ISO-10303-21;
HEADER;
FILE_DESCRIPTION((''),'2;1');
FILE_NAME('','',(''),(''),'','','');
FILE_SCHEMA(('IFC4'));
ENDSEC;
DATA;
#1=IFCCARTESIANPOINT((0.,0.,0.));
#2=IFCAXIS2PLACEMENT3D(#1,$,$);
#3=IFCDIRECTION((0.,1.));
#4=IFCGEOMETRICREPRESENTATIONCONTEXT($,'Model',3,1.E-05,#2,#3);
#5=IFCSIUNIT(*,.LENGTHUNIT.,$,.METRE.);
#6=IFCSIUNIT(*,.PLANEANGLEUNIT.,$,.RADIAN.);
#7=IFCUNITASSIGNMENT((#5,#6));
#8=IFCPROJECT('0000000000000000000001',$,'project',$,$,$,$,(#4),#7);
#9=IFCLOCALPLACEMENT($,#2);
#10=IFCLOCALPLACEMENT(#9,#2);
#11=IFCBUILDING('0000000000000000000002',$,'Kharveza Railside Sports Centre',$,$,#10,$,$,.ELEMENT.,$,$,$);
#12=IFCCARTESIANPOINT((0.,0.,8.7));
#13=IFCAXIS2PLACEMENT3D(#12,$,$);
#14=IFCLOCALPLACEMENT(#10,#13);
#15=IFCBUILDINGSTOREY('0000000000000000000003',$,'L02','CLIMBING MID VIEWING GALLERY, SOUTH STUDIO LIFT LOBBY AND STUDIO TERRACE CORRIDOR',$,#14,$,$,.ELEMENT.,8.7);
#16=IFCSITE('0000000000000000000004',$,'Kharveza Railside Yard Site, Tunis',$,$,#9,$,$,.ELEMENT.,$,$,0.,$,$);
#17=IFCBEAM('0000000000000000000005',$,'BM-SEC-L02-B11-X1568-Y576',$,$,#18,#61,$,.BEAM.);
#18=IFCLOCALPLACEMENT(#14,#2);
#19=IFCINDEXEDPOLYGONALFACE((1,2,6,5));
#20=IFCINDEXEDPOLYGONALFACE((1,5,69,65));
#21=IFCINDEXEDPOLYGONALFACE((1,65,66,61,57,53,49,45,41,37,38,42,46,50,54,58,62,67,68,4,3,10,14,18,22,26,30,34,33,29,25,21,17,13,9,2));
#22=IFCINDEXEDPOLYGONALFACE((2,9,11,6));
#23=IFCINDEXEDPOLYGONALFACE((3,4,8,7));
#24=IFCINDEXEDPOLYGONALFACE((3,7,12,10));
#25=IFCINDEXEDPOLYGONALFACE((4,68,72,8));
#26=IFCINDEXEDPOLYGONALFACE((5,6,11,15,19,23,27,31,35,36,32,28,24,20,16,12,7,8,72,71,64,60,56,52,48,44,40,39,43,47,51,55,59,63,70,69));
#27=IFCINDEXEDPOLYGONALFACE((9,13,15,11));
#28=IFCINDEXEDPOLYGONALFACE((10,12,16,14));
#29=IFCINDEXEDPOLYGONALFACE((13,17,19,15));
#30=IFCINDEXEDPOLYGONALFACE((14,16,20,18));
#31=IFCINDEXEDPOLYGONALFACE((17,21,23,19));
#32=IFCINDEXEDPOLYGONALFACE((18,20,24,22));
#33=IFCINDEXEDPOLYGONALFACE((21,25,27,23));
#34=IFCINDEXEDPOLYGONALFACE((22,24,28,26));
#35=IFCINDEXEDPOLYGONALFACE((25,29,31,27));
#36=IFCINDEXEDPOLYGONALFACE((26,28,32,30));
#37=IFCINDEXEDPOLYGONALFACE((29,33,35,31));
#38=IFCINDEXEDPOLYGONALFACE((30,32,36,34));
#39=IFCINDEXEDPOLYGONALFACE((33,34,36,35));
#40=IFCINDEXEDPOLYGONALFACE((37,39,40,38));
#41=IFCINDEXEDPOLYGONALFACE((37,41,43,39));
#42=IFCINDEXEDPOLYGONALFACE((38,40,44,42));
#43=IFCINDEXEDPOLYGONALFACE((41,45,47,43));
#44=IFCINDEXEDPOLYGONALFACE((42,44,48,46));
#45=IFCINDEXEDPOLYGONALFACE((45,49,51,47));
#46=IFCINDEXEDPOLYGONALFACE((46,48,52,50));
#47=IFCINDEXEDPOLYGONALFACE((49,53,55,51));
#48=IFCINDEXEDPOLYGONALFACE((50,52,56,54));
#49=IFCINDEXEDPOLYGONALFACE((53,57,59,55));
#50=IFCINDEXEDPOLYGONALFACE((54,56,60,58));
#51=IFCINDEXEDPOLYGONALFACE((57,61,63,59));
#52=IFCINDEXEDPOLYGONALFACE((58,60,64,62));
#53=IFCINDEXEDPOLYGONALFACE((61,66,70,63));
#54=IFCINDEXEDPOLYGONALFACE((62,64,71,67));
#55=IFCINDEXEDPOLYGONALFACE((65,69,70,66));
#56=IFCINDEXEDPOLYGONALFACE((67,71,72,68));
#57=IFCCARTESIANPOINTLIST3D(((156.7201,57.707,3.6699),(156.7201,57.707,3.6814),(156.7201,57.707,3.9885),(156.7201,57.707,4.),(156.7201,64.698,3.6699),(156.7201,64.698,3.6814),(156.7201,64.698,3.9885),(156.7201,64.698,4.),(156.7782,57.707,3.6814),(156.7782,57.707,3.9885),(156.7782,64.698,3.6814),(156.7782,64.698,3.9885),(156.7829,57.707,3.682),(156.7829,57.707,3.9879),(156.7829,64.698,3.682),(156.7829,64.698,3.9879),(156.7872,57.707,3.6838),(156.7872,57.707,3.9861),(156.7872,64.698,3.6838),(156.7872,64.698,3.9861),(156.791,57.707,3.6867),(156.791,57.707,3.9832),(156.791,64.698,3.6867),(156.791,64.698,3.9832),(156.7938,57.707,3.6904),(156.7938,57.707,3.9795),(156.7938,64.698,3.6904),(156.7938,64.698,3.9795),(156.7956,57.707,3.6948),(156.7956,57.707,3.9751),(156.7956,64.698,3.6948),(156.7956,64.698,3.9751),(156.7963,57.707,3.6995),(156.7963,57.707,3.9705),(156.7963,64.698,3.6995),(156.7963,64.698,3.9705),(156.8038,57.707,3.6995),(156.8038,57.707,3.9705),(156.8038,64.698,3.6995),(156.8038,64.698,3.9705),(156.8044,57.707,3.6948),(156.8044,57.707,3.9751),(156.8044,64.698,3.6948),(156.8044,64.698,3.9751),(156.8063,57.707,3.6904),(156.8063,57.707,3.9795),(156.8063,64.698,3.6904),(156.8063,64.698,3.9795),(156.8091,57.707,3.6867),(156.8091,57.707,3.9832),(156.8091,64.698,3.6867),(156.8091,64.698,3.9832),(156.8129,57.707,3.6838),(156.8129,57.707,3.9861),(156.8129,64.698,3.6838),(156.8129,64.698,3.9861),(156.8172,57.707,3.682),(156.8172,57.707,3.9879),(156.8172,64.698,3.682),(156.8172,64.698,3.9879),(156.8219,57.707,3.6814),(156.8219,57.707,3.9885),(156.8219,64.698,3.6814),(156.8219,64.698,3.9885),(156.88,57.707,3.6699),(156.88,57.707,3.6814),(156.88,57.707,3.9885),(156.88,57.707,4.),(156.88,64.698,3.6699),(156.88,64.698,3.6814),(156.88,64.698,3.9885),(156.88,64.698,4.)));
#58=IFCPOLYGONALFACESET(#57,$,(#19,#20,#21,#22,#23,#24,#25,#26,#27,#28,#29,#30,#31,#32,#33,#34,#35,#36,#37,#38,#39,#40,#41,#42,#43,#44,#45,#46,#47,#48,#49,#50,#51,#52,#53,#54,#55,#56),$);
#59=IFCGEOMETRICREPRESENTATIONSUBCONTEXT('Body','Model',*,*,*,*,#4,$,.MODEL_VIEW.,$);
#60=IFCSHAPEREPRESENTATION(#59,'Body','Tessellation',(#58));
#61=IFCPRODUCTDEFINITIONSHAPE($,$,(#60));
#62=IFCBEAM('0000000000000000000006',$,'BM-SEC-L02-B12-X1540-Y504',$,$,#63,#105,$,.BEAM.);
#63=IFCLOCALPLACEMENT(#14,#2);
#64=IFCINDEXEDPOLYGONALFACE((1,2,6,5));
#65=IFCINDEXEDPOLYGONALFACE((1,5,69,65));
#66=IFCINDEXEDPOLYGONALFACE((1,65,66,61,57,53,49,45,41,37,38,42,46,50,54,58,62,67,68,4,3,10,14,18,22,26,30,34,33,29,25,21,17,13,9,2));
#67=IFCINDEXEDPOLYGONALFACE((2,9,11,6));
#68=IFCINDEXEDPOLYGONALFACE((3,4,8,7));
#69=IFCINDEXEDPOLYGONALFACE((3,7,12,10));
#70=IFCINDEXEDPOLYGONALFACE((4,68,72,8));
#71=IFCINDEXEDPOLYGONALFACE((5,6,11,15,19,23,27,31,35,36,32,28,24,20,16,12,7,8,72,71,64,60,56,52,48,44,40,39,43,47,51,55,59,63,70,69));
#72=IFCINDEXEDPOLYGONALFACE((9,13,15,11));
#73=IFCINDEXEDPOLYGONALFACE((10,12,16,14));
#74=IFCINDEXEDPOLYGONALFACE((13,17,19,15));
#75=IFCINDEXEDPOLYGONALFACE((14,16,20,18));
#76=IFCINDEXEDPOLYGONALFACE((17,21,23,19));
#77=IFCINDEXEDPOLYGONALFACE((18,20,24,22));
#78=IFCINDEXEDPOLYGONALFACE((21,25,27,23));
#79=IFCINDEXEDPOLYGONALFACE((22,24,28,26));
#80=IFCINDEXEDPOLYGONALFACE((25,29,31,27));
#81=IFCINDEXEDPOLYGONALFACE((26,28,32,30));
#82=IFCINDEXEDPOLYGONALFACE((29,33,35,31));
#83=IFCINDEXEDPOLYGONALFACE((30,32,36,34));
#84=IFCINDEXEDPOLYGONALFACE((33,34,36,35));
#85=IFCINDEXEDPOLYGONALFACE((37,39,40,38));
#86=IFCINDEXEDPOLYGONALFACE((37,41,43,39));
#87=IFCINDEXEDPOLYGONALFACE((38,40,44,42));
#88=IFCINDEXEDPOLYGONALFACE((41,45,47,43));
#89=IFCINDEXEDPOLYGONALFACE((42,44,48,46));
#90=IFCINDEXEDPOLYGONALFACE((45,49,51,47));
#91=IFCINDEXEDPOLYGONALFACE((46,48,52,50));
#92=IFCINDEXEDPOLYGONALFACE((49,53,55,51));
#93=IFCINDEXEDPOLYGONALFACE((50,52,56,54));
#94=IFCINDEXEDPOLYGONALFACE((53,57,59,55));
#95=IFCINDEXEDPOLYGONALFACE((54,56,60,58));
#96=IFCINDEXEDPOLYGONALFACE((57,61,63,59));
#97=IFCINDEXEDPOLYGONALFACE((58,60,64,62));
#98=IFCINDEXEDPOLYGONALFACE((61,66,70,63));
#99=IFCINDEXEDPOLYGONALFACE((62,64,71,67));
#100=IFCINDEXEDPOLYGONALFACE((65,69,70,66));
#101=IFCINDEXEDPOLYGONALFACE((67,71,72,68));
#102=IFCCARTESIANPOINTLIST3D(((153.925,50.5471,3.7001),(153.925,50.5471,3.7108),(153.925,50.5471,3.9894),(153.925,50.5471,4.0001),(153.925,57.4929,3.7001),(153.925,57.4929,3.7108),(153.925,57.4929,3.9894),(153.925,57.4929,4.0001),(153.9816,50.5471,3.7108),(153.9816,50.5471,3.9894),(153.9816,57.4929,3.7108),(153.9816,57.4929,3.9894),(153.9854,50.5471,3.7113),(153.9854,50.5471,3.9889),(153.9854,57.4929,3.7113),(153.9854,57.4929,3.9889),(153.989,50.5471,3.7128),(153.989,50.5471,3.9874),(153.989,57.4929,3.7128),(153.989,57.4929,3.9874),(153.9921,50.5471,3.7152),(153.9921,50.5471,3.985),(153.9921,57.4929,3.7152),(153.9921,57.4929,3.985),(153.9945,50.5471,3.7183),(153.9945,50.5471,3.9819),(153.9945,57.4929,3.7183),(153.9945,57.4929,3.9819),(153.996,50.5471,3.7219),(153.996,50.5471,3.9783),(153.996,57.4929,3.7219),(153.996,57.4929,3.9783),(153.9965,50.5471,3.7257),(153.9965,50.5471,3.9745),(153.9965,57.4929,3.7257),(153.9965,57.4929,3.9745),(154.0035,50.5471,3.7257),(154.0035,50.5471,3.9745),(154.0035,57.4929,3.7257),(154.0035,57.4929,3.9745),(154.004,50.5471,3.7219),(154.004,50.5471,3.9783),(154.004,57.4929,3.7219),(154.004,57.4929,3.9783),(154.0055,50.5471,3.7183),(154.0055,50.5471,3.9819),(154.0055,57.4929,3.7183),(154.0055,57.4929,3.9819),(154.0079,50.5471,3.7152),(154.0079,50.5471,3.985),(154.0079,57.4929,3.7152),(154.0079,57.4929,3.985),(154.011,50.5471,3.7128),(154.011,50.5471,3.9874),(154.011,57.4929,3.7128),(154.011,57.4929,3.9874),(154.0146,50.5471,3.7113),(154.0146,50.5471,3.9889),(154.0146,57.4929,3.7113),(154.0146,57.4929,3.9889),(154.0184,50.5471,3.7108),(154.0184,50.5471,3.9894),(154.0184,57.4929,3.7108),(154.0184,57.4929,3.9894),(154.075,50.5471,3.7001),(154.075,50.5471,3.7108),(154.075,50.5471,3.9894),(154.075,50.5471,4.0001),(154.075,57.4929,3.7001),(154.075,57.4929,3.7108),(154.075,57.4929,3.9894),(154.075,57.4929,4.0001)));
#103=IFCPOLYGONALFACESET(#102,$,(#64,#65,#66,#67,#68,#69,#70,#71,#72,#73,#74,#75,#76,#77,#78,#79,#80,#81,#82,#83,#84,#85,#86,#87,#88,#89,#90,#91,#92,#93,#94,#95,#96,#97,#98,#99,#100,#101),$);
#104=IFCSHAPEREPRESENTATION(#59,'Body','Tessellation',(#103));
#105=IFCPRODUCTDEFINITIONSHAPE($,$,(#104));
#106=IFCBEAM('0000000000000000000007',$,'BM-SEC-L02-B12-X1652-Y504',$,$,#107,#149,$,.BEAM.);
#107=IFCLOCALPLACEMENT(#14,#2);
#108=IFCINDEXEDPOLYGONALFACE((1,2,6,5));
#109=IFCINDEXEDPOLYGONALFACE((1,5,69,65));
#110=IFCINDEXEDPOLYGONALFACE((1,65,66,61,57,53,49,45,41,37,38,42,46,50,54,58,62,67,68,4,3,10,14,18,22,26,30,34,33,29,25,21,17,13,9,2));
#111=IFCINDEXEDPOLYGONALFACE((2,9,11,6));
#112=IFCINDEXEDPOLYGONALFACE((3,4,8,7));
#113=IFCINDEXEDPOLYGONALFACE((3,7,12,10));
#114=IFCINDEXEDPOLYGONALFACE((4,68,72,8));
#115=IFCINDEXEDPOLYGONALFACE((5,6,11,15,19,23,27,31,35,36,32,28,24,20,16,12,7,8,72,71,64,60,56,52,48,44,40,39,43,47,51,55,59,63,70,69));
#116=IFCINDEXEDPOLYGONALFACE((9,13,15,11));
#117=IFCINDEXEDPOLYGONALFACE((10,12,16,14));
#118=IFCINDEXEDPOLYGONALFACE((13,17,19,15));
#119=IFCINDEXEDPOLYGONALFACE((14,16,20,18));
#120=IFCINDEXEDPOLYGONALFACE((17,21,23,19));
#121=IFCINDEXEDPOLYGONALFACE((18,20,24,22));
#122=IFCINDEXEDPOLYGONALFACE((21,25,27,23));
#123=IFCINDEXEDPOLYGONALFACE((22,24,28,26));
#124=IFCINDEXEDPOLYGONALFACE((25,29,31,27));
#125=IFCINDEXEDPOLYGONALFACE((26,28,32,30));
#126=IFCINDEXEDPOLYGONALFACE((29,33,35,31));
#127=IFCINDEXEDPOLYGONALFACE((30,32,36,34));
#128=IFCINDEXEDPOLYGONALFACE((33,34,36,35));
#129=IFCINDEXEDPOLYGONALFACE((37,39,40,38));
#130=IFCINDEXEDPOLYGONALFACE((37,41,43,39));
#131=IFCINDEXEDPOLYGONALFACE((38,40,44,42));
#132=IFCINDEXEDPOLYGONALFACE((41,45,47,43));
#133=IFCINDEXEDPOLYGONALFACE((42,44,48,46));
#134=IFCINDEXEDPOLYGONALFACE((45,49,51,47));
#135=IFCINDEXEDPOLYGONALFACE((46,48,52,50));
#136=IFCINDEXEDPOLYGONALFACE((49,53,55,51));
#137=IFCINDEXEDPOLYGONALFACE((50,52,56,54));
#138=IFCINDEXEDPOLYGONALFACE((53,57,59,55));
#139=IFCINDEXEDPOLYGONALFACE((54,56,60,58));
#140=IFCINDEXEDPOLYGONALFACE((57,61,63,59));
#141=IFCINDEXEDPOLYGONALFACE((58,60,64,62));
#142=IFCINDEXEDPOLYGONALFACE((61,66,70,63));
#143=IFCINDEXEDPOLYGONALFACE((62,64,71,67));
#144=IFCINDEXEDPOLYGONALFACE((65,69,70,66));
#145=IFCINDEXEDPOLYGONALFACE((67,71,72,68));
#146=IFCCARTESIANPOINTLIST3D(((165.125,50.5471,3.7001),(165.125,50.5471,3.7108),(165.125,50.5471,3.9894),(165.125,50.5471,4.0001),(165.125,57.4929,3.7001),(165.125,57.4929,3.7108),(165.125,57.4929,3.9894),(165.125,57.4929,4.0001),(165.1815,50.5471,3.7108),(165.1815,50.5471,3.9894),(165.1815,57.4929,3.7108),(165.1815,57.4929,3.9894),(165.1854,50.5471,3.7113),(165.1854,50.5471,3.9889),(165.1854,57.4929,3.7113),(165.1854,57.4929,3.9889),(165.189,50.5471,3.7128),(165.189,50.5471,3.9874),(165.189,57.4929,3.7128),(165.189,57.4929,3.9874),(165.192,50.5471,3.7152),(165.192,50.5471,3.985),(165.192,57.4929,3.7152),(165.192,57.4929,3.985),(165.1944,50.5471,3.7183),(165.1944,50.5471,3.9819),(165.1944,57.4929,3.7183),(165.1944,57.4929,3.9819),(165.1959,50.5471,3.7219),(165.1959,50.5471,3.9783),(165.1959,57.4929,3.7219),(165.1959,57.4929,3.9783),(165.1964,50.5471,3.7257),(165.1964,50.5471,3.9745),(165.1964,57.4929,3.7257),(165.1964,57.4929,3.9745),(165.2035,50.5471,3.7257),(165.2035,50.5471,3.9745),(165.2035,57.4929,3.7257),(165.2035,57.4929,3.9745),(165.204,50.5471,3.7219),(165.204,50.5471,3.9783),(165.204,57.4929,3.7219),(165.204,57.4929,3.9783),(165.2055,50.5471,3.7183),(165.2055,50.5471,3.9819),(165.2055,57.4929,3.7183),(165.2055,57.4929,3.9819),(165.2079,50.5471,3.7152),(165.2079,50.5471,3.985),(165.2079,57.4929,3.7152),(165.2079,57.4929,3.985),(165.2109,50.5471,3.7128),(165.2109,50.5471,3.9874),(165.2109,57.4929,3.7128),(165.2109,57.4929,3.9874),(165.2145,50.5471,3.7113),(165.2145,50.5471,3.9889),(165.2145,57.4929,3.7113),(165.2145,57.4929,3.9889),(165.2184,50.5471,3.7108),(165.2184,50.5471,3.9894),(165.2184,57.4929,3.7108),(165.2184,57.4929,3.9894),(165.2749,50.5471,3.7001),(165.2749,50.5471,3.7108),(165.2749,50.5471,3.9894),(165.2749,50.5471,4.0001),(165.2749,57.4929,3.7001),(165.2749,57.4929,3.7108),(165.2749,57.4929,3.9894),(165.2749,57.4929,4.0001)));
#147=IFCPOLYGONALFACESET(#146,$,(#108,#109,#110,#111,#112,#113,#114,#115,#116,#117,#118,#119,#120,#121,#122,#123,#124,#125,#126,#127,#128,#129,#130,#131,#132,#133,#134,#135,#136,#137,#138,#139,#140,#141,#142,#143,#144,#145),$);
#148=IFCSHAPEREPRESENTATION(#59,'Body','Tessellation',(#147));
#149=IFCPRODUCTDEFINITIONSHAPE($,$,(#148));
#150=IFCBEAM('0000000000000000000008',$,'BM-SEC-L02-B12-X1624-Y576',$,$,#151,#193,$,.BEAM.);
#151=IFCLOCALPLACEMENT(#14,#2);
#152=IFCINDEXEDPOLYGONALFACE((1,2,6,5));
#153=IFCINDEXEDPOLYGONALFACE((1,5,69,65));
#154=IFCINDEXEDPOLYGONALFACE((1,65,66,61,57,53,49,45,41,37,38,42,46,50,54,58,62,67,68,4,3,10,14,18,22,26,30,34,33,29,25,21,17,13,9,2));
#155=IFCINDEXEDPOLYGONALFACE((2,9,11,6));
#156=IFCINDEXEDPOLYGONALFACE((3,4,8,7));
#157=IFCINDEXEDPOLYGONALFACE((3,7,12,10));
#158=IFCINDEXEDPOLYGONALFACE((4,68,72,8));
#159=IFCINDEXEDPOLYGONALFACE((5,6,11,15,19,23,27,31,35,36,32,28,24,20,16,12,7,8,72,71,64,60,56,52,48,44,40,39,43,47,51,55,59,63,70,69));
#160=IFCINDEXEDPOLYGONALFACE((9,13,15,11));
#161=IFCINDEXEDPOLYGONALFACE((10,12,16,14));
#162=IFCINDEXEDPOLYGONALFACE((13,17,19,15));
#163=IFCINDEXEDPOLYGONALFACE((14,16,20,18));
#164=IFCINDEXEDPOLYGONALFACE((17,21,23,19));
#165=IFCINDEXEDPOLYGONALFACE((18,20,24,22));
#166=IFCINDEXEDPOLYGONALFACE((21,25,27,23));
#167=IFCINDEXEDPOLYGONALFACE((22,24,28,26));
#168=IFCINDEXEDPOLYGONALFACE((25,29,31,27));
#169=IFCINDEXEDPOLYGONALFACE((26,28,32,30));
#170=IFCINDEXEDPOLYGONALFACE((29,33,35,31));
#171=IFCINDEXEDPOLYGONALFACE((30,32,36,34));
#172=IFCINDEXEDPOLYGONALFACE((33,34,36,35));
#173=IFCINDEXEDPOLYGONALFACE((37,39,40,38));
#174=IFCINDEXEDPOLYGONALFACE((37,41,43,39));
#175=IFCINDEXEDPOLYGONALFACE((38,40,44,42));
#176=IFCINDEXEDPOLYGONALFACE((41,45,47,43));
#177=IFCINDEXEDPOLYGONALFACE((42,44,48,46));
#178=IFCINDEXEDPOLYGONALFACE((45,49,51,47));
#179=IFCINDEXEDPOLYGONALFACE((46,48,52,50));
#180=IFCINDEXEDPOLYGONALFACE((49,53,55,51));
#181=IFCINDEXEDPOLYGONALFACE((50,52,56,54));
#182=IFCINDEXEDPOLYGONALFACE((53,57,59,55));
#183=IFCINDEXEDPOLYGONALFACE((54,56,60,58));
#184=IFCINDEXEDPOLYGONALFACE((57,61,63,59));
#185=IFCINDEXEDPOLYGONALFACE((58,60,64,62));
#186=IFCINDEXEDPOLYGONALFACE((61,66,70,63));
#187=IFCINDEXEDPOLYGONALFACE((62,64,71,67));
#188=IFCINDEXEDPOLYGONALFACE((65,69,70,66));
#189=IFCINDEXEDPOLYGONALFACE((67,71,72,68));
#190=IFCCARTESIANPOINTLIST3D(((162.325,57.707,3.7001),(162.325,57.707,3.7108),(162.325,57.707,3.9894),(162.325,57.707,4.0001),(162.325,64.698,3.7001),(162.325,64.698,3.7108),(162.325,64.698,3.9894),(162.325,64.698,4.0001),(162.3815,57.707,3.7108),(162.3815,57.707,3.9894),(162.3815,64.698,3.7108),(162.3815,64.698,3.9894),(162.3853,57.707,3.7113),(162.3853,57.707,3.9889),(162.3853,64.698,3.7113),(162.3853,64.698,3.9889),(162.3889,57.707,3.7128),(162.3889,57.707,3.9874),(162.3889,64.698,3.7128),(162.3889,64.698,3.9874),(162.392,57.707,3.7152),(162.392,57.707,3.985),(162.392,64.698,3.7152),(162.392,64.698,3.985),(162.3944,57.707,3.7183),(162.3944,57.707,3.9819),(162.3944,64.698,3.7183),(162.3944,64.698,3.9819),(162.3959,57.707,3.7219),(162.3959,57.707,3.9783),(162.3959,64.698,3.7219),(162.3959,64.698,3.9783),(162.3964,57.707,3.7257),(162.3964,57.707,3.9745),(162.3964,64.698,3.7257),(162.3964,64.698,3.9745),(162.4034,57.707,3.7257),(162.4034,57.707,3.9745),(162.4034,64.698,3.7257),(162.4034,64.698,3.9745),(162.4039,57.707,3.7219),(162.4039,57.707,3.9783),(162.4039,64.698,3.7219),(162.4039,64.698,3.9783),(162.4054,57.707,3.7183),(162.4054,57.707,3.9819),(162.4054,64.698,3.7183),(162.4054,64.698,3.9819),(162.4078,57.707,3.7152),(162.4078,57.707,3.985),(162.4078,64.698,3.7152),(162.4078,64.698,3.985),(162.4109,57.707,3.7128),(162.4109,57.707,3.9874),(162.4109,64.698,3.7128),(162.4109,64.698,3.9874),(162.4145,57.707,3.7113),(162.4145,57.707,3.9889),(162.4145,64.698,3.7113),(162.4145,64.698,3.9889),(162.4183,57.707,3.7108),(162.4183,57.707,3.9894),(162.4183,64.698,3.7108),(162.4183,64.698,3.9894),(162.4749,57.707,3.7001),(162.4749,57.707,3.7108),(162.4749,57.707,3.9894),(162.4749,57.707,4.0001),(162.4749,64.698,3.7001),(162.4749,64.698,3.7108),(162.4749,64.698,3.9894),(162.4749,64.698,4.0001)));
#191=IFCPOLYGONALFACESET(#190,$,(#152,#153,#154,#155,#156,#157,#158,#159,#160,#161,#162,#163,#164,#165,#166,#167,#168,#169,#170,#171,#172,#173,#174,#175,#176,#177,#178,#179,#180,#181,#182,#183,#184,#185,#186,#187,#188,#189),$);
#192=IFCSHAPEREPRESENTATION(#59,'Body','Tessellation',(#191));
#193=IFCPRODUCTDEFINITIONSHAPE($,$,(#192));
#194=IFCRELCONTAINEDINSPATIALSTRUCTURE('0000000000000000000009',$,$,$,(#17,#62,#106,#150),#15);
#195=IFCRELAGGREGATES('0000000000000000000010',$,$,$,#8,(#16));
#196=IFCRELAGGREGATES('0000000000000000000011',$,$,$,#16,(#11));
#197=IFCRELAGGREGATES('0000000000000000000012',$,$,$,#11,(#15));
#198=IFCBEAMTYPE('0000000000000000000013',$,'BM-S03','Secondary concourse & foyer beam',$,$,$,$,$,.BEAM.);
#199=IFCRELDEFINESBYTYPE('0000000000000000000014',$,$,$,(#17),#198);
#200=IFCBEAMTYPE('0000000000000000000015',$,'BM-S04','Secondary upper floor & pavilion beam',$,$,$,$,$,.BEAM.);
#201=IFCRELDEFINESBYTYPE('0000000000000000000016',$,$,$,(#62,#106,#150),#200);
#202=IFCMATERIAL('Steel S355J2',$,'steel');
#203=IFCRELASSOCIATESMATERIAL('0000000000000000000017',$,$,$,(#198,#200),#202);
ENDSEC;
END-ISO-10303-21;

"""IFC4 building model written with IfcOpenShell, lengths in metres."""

from ifc_helpers import new_model, si_unit, direction, frame, origin, origin_2d, place, context, subcontext, project, spatial, i_section, extrude, material, material_profile, profile_set, type_object, element, save


model = new_model("IFC4")

# Units and contexts
model_context = context("Model", 3, precision=1e-05, world=origin(), true_north=direction((0.0, 1.0)))
body_context = subcontext(model_context, "Body", "Model", "MODEL_VIEW")
ifc_project = project(units=[si_unit("LENGTHUNIT", "METRE"), si_unit("PLANEANGLEUNIT", "RADIAN")], contexts=[model_context])

# Site, building, storey
site_placement = place(None, origin())
site = spatial("IfcSite", under=ifc_project, at=site_placement, Name="Kharveza Railside Yard Site, Tunis", CompositionType="ELEMENT", RefElevation=0.0)
building_placement = place(site_placement, origin())
building = spatial("IfcBuilding", under=site, at=building_placement, Name="Kharveza Railside Sports Centre", CompositionType="ELEMENT")
storey_placement = place(building_placement, frame((0.0, 0.0, 8.7)))
storey = spatial("IfcBuildingStorey", under=building, at=storey_placement, Name="L02", Description="CLIMBING MID VIEWING GALLERY, SOUTH STUDIO LIFT LOBBY AND STUDIO TERRACE CORRIDOR", CompositionType="ELEMENT", Elevation=8.7)

# Shared definitions
ifc_material_1 = material(Name="Steel S355J2", Category="steel")

# Beams
ifc_material_profile_1 = material_profile(ifc_material_1, i_section(OverallWidth=0.1599, OverallDepth=0.3301, WebThickness=0.0076, FlangeThickness=0.0115, FilletRadius=0.0181, at=origin_2d()), Name="IPE 330")
ifc_profile_set_1 = profile_set([ifc_material_profile_1], Name="Steel S355J2")
beam_type_1 = type_object("IfcBeamType", Name="BM-S03", Description="Secondary concourse & foyer beam", PredefinedType="BEAM", material=ifc_profile_set_1)
beam_1_placement = place(storey_placement, frame((156.8, 57.707, 3.835), z_axis=(0.0, 1.0, 0.0), x_axis=(-1.0, 0.0, 0.0)))
element("IfcBeam", 1, at=beam_1_placement, inside=storey, type_object=beam_type_1, Name="BM-SEC-L02-B11-X1568-Y576", PredefinedType="BEAM", context=body_context, shape_type="SweptSolid", body=[
    extrude(i_section(OverallWidth=0.1599, OverallDepth=0.3301, WebThickness=0.0076, FlangeThickness=0.0115, FilletRadius=0.0181, at=origin_2d()), origin(), (0.0, 0.0, 1.0), 6.991),
])
ifc_material_profile_2 = material_profile(ifc_material_1, i_section(OverallWidth=0.1499, OverallDepth=0.3, WebThickness=0.0071, FlangeThickness=0.0107, FilletRadius=0.0149, at=origin_2d()), Name="IPE 300")
ifc_profile_set_2 = profile_set([ifc_material_profile_2], Name="Steel S355J2")
beam_type_2 = type_object("IfcBeamType", Name="BM-S04", Description="Secondary upper floor & pavilion beam", PredefinedType="BEAM", material=ifc_profile_set_2)
for number, where, z_axis, x_axis, name in (
    (2, (154.0, 50.5471, 3.8501), (0.0, 1.0, 0.0), (-1.0, 0.0, 0.0), "BM-SEC-L02-B12-X1540-Y504"),
    (3, (165.2, 50.5471, 3.8501), (0.0, 1.0, 0.0), (-1.0, 0.0, 0.0), "BM-SEC-L02-B12-X1652-Y504"),
):
    element("IfcBeam", number, at=place(storey_placement, frame(where, z_axis=z_axis, x_axis=x_axis)), inside=storey, type_object=beam_type_2, Name=name, PredefinedType="BEAM", context=body_context, shape_type="SweptSolid", body=[
        extrude(i_section(OverallWidth=0.1499, OverallDepth=0.3, WebThickness=0.0071, FlangeThickness=0.0107, FilletRadius=0.0149, at=origin_2d()), origin(), (0.0, 0.0, 1.0), 6.9458),
    ])
beam_2_placement = place(storey_placement, frame((162.3999, 57.707, 3.8501), z_axis=(0.0, 1.0, 0.0), x_axis=(-1.0, 0.0, 0.0)))
element("IfcBeam", 4, at=beam_2_placement, inside=storey, type_object=beam_type_2, Name="BM-SEC-L02-B12-X1624-Y576", PredefinedType="BEAM", context=body_context, shape_type="SweptSolid", body=[
    extrude(i_section(OverallWidth=0.1499, OverallDepth=0.3, WebThickness=0.0071, FlangeThickness=0.0107, FilletRadius=0.0149, at=origin_2d()), origin(), (0.0, 0.0, 1.0), 6.991),
])

save(model, "model.ifc")
